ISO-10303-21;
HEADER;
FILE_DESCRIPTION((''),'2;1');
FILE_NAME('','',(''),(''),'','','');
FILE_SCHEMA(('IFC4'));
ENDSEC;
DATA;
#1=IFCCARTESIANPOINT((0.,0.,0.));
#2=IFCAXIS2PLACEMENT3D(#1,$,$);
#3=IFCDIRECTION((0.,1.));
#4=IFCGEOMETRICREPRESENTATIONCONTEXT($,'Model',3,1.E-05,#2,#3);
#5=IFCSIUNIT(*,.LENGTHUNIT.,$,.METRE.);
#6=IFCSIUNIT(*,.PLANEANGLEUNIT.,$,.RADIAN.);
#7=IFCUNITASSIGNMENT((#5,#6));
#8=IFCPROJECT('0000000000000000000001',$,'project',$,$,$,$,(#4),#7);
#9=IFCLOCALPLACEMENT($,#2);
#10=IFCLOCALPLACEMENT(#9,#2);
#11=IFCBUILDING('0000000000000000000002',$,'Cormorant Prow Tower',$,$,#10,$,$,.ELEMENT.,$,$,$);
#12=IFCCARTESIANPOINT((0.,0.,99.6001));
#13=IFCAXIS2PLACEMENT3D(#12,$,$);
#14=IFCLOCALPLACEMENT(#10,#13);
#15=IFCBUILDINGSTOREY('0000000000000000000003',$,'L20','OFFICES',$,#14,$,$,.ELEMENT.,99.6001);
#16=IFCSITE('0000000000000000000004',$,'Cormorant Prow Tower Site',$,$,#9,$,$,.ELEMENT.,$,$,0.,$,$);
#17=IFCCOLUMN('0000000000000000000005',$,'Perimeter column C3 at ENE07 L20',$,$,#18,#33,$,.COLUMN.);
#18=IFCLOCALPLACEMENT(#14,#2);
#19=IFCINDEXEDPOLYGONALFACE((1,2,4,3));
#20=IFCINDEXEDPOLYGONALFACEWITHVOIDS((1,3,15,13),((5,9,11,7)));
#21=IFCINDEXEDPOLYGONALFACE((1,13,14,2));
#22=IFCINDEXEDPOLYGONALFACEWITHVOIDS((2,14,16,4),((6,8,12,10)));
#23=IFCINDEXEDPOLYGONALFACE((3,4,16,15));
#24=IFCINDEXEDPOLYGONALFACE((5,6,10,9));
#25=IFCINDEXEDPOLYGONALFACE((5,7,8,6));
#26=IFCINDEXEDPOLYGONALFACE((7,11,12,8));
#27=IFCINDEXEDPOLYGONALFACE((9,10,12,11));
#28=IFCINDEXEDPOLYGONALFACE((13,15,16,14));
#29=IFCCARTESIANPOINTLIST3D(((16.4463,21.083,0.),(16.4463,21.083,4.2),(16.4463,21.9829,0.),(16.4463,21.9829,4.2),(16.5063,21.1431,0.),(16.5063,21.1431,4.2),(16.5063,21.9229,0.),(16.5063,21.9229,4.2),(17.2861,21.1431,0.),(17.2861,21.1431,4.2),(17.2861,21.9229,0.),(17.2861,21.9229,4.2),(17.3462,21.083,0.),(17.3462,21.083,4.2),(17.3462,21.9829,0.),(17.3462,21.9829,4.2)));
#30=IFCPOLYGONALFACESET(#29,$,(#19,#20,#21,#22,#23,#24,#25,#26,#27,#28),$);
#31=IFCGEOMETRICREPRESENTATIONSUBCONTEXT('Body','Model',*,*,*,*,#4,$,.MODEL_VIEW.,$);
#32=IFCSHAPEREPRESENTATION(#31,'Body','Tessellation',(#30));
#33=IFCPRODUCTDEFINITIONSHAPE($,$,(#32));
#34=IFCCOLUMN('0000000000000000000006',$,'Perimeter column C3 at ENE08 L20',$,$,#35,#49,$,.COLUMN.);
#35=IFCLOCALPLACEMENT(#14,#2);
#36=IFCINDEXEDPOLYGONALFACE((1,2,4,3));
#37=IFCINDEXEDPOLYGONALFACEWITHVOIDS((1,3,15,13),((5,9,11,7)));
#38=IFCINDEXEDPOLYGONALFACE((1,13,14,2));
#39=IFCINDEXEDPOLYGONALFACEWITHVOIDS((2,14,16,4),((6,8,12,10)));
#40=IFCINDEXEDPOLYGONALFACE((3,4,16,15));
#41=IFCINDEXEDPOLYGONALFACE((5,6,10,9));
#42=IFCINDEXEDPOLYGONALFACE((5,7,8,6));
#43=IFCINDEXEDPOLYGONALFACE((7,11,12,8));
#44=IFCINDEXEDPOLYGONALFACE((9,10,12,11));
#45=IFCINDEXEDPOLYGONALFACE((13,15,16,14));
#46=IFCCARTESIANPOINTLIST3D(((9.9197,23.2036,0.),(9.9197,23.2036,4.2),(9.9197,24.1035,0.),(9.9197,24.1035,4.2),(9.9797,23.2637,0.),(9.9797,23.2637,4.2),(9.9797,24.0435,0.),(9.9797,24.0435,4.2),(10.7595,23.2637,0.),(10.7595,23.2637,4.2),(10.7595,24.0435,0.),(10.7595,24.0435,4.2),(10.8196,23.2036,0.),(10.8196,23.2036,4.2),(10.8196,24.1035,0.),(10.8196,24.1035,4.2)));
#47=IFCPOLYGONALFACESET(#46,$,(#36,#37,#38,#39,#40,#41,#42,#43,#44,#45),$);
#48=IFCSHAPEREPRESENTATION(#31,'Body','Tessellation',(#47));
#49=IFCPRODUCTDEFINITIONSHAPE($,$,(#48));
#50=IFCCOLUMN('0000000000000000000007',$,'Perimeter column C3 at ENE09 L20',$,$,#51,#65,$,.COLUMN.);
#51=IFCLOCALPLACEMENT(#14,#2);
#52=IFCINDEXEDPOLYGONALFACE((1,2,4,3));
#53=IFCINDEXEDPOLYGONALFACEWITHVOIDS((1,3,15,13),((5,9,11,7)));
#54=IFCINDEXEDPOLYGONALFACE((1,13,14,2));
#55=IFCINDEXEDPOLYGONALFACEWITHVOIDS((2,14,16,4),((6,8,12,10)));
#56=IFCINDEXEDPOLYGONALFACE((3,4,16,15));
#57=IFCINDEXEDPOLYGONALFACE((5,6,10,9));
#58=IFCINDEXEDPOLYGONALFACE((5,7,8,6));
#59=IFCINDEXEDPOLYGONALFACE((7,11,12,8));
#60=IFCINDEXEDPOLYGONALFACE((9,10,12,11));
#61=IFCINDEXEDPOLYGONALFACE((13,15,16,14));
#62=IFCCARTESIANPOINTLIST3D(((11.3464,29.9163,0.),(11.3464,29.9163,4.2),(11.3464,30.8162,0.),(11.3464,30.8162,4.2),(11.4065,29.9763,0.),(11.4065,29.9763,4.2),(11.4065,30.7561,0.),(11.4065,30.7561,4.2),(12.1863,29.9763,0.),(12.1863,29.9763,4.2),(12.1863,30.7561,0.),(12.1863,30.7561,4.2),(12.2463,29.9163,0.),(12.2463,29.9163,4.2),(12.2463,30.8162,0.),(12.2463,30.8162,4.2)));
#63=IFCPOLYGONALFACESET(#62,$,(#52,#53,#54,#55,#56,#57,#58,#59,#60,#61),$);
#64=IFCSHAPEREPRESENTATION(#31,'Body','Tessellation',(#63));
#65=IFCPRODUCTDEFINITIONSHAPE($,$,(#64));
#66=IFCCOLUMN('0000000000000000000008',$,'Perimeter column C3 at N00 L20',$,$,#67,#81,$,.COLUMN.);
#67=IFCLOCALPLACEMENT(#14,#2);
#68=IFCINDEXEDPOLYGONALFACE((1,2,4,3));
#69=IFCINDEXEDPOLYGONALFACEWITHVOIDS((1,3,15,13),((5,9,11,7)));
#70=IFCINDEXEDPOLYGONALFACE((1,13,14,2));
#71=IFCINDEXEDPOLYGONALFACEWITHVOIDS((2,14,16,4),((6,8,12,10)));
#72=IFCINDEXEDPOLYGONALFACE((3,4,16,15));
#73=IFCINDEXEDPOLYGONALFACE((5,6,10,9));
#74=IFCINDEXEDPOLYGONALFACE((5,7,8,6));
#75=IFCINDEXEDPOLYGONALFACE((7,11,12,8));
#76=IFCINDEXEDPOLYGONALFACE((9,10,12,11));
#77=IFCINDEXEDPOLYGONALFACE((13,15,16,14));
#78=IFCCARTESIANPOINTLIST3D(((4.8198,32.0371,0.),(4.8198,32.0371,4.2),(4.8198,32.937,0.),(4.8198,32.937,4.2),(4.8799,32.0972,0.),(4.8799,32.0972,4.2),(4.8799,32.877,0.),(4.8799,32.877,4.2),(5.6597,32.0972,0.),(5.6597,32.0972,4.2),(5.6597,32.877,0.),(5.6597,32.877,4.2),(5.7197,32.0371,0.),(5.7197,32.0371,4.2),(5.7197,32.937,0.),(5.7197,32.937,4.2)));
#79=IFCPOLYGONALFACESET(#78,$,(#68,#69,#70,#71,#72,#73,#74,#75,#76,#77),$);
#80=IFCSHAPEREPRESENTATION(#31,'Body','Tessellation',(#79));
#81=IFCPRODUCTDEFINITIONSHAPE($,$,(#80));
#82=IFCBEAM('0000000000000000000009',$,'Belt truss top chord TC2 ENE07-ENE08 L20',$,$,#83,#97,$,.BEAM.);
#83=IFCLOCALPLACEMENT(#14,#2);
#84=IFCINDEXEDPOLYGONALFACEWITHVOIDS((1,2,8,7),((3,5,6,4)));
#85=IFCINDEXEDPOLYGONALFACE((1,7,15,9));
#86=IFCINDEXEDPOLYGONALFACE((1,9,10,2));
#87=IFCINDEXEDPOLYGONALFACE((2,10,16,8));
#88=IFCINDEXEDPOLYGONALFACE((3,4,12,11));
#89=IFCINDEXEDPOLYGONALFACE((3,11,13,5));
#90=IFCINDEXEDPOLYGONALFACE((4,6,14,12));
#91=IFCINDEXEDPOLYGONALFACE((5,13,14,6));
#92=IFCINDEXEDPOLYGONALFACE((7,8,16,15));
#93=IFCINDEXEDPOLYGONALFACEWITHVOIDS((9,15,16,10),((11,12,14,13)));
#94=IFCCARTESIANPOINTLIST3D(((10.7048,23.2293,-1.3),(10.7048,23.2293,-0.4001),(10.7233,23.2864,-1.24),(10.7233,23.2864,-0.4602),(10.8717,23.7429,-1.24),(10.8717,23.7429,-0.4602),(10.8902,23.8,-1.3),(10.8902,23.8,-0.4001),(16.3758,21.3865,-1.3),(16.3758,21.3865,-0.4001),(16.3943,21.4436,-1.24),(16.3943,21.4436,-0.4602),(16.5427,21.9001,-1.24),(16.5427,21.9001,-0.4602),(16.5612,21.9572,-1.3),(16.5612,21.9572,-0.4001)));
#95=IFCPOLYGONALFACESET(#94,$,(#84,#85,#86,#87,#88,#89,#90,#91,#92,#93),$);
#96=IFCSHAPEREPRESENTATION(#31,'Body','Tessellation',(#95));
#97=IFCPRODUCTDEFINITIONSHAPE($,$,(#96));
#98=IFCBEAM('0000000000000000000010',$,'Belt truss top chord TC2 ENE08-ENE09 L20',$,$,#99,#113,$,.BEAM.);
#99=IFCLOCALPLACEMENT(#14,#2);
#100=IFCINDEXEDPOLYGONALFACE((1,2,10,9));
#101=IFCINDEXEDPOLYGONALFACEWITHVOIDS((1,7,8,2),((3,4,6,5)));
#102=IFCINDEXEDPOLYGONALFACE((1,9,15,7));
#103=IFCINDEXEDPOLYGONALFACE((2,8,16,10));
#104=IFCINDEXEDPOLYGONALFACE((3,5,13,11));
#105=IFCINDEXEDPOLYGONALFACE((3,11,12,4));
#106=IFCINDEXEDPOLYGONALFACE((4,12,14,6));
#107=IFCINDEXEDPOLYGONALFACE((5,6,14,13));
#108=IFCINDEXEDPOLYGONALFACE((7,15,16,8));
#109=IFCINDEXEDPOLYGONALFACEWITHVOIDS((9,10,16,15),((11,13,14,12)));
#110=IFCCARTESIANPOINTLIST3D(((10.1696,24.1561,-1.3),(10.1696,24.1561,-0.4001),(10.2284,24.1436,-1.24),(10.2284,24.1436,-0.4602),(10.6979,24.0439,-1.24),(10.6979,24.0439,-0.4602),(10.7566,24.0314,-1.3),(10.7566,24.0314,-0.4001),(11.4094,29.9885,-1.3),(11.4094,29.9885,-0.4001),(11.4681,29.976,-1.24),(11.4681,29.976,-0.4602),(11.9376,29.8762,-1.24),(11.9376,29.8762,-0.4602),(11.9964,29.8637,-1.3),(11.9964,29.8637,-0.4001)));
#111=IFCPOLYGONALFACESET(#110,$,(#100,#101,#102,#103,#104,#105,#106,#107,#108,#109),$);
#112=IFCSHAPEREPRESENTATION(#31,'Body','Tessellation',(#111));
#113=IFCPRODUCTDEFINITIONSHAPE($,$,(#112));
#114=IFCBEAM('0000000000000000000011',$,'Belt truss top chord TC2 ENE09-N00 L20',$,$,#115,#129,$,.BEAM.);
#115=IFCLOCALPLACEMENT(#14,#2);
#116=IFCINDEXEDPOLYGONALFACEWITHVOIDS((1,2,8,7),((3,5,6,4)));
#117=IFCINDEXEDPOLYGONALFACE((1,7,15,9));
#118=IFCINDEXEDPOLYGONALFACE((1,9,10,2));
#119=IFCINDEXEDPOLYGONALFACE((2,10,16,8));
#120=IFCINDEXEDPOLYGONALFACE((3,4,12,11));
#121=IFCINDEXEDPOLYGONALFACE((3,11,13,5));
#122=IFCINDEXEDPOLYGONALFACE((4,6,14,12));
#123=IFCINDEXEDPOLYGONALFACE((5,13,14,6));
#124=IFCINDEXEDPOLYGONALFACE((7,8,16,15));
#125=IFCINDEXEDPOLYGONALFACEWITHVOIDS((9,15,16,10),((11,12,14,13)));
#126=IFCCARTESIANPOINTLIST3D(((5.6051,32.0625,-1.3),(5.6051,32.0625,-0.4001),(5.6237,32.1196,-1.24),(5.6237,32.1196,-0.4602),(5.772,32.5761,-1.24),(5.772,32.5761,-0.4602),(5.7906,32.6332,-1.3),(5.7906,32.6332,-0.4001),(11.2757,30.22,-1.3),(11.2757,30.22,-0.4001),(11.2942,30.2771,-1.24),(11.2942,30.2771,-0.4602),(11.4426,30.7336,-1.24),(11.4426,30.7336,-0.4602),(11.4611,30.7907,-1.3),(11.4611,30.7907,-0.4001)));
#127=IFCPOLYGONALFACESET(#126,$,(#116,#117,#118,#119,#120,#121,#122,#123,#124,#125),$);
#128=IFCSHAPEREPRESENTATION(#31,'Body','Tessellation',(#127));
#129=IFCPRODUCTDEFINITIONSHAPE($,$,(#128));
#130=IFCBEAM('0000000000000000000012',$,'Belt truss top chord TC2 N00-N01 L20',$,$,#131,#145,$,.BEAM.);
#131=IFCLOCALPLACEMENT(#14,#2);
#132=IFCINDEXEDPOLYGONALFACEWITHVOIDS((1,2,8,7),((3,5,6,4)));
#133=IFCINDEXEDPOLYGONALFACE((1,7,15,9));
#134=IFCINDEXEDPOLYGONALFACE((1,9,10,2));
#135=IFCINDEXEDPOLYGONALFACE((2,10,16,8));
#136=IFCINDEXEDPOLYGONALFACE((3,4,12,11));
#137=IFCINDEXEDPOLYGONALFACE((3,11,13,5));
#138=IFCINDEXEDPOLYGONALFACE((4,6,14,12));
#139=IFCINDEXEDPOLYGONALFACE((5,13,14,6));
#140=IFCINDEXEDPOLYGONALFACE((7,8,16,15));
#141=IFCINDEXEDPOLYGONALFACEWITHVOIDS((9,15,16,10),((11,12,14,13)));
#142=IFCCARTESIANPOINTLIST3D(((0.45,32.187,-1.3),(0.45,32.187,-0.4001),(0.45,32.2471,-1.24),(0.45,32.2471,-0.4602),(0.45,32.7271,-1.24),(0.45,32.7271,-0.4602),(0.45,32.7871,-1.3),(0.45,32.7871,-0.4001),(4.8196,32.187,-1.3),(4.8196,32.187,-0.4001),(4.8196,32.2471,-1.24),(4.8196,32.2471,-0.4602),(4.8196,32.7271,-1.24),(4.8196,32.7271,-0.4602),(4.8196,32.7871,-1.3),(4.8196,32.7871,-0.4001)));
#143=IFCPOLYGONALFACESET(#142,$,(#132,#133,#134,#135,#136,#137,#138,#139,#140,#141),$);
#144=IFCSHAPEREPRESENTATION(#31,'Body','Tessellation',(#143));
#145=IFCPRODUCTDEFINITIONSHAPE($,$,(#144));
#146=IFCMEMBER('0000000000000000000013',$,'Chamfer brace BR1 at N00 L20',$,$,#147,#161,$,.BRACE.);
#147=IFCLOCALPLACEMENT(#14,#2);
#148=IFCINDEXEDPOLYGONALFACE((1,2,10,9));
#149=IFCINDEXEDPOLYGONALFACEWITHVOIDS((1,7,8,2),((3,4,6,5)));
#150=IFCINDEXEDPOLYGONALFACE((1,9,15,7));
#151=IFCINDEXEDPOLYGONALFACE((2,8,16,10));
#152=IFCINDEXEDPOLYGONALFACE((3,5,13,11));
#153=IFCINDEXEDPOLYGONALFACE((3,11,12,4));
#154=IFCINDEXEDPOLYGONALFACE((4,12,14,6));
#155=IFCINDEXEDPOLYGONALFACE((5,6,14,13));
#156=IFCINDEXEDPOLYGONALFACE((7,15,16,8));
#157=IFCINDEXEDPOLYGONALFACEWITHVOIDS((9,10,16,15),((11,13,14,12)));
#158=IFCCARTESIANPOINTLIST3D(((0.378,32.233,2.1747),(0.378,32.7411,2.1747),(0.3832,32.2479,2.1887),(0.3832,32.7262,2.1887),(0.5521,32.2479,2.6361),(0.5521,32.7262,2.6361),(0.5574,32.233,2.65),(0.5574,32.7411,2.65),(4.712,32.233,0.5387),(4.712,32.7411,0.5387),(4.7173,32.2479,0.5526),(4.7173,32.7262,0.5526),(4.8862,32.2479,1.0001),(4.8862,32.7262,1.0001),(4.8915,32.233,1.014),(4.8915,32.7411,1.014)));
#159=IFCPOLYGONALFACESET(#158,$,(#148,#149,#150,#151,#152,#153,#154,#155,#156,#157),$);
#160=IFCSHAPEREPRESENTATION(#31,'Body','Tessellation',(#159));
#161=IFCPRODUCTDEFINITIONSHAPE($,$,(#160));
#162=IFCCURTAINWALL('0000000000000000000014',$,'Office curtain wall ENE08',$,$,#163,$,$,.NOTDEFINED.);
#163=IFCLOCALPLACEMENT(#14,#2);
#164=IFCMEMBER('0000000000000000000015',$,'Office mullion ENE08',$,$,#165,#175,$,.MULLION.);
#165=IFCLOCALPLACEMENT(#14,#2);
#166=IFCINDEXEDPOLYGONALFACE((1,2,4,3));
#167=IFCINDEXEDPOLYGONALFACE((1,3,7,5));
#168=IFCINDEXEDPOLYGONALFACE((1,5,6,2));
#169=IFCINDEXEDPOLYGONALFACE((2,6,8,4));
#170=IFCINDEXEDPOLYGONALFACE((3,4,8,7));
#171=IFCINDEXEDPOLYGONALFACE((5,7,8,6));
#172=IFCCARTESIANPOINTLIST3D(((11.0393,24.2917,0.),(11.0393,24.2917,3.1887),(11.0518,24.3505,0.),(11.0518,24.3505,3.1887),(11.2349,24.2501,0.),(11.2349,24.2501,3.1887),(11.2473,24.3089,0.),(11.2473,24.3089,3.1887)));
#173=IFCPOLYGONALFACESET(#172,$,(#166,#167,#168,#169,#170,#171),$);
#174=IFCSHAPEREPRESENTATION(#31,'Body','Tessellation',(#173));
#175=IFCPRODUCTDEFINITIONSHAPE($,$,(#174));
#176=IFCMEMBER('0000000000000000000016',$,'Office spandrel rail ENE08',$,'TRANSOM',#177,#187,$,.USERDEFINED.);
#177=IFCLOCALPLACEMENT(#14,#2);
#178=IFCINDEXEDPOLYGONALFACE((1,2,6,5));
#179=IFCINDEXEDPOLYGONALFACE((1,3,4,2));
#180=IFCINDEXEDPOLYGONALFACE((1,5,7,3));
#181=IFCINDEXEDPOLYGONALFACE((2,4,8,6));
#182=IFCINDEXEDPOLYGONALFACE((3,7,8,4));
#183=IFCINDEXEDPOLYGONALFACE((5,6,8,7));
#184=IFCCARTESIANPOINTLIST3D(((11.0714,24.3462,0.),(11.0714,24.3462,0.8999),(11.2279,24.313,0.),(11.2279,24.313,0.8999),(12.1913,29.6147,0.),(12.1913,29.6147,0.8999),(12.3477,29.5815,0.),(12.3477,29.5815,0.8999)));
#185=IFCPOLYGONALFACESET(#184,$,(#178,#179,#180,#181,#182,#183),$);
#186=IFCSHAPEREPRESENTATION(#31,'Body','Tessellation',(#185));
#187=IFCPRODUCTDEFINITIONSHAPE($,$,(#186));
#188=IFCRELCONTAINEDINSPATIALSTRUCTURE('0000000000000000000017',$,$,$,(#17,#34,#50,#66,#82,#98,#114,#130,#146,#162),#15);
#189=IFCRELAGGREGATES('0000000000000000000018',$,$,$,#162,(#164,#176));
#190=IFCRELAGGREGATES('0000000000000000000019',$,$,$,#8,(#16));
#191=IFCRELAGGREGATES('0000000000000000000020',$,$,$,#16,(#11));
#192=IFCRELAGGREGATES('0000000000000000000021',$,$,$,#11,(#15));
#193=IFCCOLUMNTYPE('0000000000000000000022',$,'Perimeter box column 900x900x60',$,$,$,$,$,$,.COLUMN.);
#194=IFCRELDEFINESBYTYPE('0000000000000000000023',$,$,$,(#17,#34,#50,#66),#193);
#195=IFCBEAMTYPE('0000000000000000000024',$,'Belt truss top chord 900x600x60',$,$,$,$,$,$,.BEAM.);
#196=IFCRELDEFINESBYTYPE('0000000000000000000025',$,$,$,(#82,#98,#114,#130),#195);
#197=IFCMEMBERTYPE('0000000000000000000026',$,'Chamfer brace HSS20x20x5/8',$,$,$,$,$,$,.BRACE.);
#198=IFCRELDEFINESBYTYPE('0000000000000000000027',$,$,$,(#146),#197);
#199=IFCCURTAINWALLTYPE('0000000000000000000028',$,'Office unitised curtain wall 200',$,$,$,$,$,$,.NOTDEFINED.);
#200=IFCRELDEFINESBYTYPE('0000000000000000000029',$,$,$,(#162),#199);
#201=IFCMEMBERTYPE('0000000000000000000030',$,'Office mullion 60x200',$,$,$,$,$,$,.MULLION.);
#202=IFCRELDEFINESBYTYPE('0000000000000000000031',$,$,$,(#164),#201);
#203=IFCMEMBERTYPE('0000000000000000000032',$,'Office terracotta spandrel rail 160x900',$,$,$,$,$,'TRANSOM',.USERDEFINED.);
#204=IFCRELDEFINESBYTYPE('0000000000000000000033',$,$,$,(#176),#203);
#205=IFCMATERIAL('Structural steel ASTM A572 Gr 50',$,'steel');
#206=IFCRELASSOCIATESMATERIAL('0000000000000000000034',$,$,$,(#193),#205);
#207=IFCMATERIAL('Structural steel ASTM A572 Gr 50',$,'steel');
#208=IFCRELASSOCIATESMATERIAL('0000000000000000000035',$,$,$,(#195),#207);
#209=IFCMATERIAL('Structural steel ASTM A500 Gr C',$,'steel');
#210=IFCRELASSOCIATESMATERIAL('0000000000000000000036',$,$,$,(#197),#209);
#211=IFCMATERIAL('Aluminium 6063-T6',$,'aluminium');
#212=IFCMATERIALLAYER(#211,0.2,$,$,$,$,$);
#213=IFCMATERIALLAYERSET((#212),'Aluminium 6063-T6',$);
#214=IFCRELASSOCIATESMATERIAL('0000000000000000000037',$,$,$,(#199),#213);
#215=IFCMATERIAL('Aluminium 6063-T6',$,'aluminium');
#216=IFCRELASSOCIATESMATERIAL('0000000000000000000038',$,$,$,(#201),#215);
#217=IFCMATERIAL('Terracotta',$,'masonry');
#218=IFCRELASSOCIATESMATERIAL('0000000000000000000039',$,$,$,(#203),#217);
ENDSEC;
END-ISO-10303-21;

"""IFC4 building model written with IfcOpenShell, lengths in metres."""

from ifc_helpers import new_model, si_unit, direction, frame, origin, origin_2d, place, context, subcontext, project, spatial, rectangle, hollow_rectangle, extrude, material, layer, layer_set, material_profile, profile_set, type_object, element, aggregate, save


model = new_model("IFC4")

# Units and contexts
model_context = context("Model", 3, precision=1e-05, world=origin(), true_north=direction((0.0, 1.0)))
body_context = subcontext(model_context, "Body", "Model", "MODEL_VIEW")
ifc_project = project(units=[si_unit("LENGTHUNIT", "METRE"), si_unit("PLANEANGLEUNIT", "RADIAN")], contexts=[model_context])

# Site, building, storey
site_placement = place(None, origin())
site = spatial("IfcSite", under=ifc_project, at=site_placement, Name="Cormorant Prow Tower Site", CompositionType="ELEMENT", RefElevation=0.0)
building_placement = place(site_placement, origin())
building = spatial("IfcBuilding", under=site, at=building_placement, Name="Cormorant Prow Tower", CompositionType="ELEMENT")
storey_placement = place(building_placement, frame((0.0, 0.0, 99.6001)))
storey = spatial("IfcBuildingStorey", under=building, at=storey_placement, Name="L20", Description="OFFICES", CompositionType="ELEMENT", Elevation=99.6001)

# Columns
ifc_material_1 = material(Name="Structural steel ASTM A572 Gr 50", Category="steel")
ifc_material_profile_1 = material_profile(ifc_material_1, hollow_rectangle(XDim=0.8999, YDim=0.8999, WallThickness=0.0601, at=origin_2d()), Name="Box 900x900x60")
ifc_profile_set_1 = profile_set([ifc_material_profile_1], Name="Structural steel ASTM A572 Gr 50")
column_type = type_object("IfcColumnType", Name="Perimeter box column 900x900x60", PredefinedType="COLUMN", material=ifc_profile_set_1)
for number, where, z_axis, x_axis, name in (
    (1, (16.8962, 21.533, 0.0), (0.0, 0.0, 1.0), (1.0, 0.0, 0.0), "Perimeter column C3 at ENE07 L20"),
    (2, (10.3696, 23.6536, 0.0), (0.0, 0.0, 1.0), (1.0, 0.0, 0.0), "Perimeter column C3 at ENE08 L20"),
    (3, (11.7964, 30.3662, 0.0), (0.0, 0.0, 1.0), (1.0, 0.0, 0.0), "Perimeter column C3 at ENE09 L20"),
    (4, (5.2698, 32.4871, 0.0), (0.0, 0.0, 1.0), (1.0, 0.0, 0.0), "Perimeter column C3 at N00 L20"),
):
    element("IfcColumn", number, at=place(storey_placement, frame(where, z_axis=z_axis, x_axis=x_axis)), inside=storey, type_object=column_type, Name=name, PredefinedType="COLUMN", context=body_context, shape_type="SweptSolid", body=[
        extrude(hollow_rectangle(XDim=0.8999, YDim=0.8999, WallThickness=0.0601, at=origin_2d()), origin(), (0.0, 0.0, 1.0), 4.2),
    ])

# Beams
ifc_material_2 = material(Name="Structural steel ASTM A572 Gr 50", Category="steel")
ifc_material_profile_2 = material_profile(ifc_material_2, hollow_rectangle(XDim=0.6001, YDim=0.8999, WallThickness=0.0601, at=origin_2d()), Name="Box 900x600x60")
ifc_profile_set_2 = profile_set([ifc_material_profile_2], Name="Structural steel ASTM A572 Gr 50")
beam_type = type_object("IfcBeamType", Name="Belt truss top chord 900x600x60", PredefinedType="BEAM", material=ifc_profile_set_2)
beam_1_placement = place(storey_placement, frame((16.4685, 21.6719, -0.8501), z_axis=(-0.951047, 0.309045, 0.0), x_axis=(-0.309045, -0.951047, 0.0)))
element("IfcBeam", 5, at=beam_1_placement, inside=storey, type_object=beam_type, Name="Belt truss top chord TC2 ENE07-ENE08 L20", PredefinedType="BEAM", context=body_context, shape_type="SweptSolid", body=[
    extrude(hollow_rectangle(XDim=0.6001, YDim=0.8999, WallThickness=0.0601, at=origin_2d()), origin(), (0.0, 0.0, 1.0), 5.9629),
])
beam_2_placement = place(storey_placement, frame((10.4631, 24.0938, -0.8501), z_axis=(0.207921, 0.978146, 0.0), x_axis=(-0.978146, 0.207921, 0.0)))
element("IfcBeam", 6, at=beam_2_placement, inside=storey, type_object=beam_type, Name="Belt truss top chord TC2 ENE08-ENE09 L20", PredefinedType="BEAM", context=body_context, shape_type="SweptSolid", body=[
    extrude(hollow_rectangle(XDim=0.6001, YDim=0.8999, WallThickness=0.0601, at=origin_2d()), origin(), (0.0, 0.0, 1.0), 5.9626),
])
beam_3_placement = place(storey_placement, frame((11.3684, 30.5054, -0.8501), z_axis=(-0.951055, 0.30902, 0.0), x_axis=(-0.30902, -0.951055, 0.0)))
element("IfcBeam", 7, at=beam_3_placement, inside=storey, type_object=beam_type, Name="Belt truss top chord TC2 ENE09-N00 L20", PredefinedType="BEAM", context=body_context, shape_type="SweptSolid", body=[
    extrude(hollow_rectangle(XDim=0.6001, YDim=0.8999, WallThickness=0.0601, at=origin_2d()), origin(), (0.0, 0.0, 1.0), 5.9624),
])
beam_4_placement = place(storey_placement, frame((4.8196, 32.4871, -0.8501), z_axis=(-1.0, 0.0, 0.0), x_axis=(0.0, -1.0, 0.0)))
element("IfcBeam", 8, at=beam_4_placement, inside=storey, type_object=beam_type, Name="Belt truss top chord TC2 N00-N01 L20", PredefinedType="BEAM", context=body_context, shape_type="SweptSolid", body=[
    extrude(hollow_rectangle(XDim=0.6001, YDim=0.8999, WallThickness=0.0601, at=origin_2d()), origin(), (0.0, 0.0, 1.0), 4.3696),
])

# Member
ifc_material_3 = material(Name="Structural steel ASTM A500 Gr C", Category="steel")
ifc_material_profile_3 = material_profile(ifc_material_3, hollow_rectangle(XDim=0.5081, YDim=0.5081, WallThickness=0.0149, at=origin_2d()), Name="HSS20x20x5/8")
ifc_profile_set_3 = profile_set([ifc_material_profile_3], Name="Structural steel ASTM A500 Gr C")
member_type_1 = type_object("IfcMemberType", Name="Chamfer brace HSS20x20x5/8", PredefinedType="BRACE", material=ifc_profile_set_3)
member_1_placement = place(storey_placement, frame((4.8018, 32.4871, 0.7764), z_axis=(-0.935565, 0.0, 0.353156), x_axis=(0.0, -1.0, 0.0)))
element("IfcMember", 9, at=member_1_placement, inside=storey, type_object=member_type_1, Name="Chamfer brace BR1 at N00 L20", PredefinedType="BRACE", context=body_context, shape_type="SweptSolid", body=[
    extrude(hollow_rectangle(XDim=0.5081, YDim=0.5081, WallThickness=0.0149, at=origin_2d()), origin(), (0.0, 0.0, 1.0), 4.6326),
])

# Curtain wall, members
ifc_material_4 = material(Name="Aluminium 6063-T6", Category="aluminium")
ifc_layer_1 = layer(ifc_material_4, 0.2)
ifc_layer_set_1 = layer_set([ifc_layer_1], Name="Aluminium 6063-T6")
curtain_wall_type = type_object("IfcCurtainWallType", Name="Office unitised curtain wall 200", PredefinedType="NOTDEFINED", material=ifc_layer_set_1)
curtain_wall_placement = place(storey_placement, origin())
curtain_wall = element("IfcCurtainWall", 10, at=curtain_wall_placement, inside=storey, type_object=curtain_wall_type, Name="Office curtain wall ENE08", PredefinedType="NOTDEFINED")
ifc_material_5 = material(Name="Aluminium 6063-T6", Category="aluminium")
ifc_material_profile_4 = material_profile(ifc_material_5, rectangle(XDim=0.2, YDim=0.0601, at=origin_2d()), Name="Office mullion 60x200")
ifc_profile_set_4 = profile_set([ifc_material_profile_4], Name="Aluminium 6063-T6")
member_type_2 = type_object("IfcMemberType", Name="Office mullion 60x200", PredefinedType="MULLION", material=ifc_profile_set_4)
member_2_placement = place(storey_placement, frame((11.1433, 24.3003, 0.0), z_axis=(0.0, 0.0, 1.0), x_axis=(-0.978148, 0.207912, 0.0)))
member_2 = element("IfcMember", 11, at=member_2_placement, type_object=member_type_2, Name="Office mullion ENE08", PredefinedType="MULLION", context=body_context, shape_type="SweptSolid", body=[
    extrude(rectangle(XDim=0.2, YDim=0.0601, at=origin_2d()), origin(), (0.0, 0.0, 1.0), 3.1887),
])
ifc_material_6 = material(Name="Terracotta", Category="masonry")
ifc_material_profile_5 = material_profile(ifc_material_6, rectangle(XDim=0.1599, YDim=0.8999, at=origin_2d()), Name="Office terracotta spandrel rail 160x900")
ifc_profile_set_5 = profile_set([ifc_material_profile_5], Name="Terracotta")
member_type_3 = type_object("IfcMemberType", Name="Office terracotta spandrel rail 160x900", ElementType="TRANSOM", PredefinedType="USERDEFINED", material=ifc_profile_set_5)
member_3_placement = place(storey_placement, frame((11.1497, 24.3296, 0.45), z_axis=(0.207913, 0.978147, 0.0), x_axis=(-0.978147, 0.207913, 0.0)))
member_3 = element("IfcMember", 12, at=member_3_placement, type_object=member_type_3, Name="Office spandrel rail ENE08", ObjectType="TRANSOM", PredefinedType="USERDEFINED", context=body_context, shape_type="SweptSolid", body=[
    extrude(rectangle(XDim=0.1599, YDim=0.8999, at=origin_2d()), origin(), (0.0, 0.0, 1.0), 5.3862),
])

aggregate(curtain_wall, [member_2, member_3])

save(model, "model.ifc")
